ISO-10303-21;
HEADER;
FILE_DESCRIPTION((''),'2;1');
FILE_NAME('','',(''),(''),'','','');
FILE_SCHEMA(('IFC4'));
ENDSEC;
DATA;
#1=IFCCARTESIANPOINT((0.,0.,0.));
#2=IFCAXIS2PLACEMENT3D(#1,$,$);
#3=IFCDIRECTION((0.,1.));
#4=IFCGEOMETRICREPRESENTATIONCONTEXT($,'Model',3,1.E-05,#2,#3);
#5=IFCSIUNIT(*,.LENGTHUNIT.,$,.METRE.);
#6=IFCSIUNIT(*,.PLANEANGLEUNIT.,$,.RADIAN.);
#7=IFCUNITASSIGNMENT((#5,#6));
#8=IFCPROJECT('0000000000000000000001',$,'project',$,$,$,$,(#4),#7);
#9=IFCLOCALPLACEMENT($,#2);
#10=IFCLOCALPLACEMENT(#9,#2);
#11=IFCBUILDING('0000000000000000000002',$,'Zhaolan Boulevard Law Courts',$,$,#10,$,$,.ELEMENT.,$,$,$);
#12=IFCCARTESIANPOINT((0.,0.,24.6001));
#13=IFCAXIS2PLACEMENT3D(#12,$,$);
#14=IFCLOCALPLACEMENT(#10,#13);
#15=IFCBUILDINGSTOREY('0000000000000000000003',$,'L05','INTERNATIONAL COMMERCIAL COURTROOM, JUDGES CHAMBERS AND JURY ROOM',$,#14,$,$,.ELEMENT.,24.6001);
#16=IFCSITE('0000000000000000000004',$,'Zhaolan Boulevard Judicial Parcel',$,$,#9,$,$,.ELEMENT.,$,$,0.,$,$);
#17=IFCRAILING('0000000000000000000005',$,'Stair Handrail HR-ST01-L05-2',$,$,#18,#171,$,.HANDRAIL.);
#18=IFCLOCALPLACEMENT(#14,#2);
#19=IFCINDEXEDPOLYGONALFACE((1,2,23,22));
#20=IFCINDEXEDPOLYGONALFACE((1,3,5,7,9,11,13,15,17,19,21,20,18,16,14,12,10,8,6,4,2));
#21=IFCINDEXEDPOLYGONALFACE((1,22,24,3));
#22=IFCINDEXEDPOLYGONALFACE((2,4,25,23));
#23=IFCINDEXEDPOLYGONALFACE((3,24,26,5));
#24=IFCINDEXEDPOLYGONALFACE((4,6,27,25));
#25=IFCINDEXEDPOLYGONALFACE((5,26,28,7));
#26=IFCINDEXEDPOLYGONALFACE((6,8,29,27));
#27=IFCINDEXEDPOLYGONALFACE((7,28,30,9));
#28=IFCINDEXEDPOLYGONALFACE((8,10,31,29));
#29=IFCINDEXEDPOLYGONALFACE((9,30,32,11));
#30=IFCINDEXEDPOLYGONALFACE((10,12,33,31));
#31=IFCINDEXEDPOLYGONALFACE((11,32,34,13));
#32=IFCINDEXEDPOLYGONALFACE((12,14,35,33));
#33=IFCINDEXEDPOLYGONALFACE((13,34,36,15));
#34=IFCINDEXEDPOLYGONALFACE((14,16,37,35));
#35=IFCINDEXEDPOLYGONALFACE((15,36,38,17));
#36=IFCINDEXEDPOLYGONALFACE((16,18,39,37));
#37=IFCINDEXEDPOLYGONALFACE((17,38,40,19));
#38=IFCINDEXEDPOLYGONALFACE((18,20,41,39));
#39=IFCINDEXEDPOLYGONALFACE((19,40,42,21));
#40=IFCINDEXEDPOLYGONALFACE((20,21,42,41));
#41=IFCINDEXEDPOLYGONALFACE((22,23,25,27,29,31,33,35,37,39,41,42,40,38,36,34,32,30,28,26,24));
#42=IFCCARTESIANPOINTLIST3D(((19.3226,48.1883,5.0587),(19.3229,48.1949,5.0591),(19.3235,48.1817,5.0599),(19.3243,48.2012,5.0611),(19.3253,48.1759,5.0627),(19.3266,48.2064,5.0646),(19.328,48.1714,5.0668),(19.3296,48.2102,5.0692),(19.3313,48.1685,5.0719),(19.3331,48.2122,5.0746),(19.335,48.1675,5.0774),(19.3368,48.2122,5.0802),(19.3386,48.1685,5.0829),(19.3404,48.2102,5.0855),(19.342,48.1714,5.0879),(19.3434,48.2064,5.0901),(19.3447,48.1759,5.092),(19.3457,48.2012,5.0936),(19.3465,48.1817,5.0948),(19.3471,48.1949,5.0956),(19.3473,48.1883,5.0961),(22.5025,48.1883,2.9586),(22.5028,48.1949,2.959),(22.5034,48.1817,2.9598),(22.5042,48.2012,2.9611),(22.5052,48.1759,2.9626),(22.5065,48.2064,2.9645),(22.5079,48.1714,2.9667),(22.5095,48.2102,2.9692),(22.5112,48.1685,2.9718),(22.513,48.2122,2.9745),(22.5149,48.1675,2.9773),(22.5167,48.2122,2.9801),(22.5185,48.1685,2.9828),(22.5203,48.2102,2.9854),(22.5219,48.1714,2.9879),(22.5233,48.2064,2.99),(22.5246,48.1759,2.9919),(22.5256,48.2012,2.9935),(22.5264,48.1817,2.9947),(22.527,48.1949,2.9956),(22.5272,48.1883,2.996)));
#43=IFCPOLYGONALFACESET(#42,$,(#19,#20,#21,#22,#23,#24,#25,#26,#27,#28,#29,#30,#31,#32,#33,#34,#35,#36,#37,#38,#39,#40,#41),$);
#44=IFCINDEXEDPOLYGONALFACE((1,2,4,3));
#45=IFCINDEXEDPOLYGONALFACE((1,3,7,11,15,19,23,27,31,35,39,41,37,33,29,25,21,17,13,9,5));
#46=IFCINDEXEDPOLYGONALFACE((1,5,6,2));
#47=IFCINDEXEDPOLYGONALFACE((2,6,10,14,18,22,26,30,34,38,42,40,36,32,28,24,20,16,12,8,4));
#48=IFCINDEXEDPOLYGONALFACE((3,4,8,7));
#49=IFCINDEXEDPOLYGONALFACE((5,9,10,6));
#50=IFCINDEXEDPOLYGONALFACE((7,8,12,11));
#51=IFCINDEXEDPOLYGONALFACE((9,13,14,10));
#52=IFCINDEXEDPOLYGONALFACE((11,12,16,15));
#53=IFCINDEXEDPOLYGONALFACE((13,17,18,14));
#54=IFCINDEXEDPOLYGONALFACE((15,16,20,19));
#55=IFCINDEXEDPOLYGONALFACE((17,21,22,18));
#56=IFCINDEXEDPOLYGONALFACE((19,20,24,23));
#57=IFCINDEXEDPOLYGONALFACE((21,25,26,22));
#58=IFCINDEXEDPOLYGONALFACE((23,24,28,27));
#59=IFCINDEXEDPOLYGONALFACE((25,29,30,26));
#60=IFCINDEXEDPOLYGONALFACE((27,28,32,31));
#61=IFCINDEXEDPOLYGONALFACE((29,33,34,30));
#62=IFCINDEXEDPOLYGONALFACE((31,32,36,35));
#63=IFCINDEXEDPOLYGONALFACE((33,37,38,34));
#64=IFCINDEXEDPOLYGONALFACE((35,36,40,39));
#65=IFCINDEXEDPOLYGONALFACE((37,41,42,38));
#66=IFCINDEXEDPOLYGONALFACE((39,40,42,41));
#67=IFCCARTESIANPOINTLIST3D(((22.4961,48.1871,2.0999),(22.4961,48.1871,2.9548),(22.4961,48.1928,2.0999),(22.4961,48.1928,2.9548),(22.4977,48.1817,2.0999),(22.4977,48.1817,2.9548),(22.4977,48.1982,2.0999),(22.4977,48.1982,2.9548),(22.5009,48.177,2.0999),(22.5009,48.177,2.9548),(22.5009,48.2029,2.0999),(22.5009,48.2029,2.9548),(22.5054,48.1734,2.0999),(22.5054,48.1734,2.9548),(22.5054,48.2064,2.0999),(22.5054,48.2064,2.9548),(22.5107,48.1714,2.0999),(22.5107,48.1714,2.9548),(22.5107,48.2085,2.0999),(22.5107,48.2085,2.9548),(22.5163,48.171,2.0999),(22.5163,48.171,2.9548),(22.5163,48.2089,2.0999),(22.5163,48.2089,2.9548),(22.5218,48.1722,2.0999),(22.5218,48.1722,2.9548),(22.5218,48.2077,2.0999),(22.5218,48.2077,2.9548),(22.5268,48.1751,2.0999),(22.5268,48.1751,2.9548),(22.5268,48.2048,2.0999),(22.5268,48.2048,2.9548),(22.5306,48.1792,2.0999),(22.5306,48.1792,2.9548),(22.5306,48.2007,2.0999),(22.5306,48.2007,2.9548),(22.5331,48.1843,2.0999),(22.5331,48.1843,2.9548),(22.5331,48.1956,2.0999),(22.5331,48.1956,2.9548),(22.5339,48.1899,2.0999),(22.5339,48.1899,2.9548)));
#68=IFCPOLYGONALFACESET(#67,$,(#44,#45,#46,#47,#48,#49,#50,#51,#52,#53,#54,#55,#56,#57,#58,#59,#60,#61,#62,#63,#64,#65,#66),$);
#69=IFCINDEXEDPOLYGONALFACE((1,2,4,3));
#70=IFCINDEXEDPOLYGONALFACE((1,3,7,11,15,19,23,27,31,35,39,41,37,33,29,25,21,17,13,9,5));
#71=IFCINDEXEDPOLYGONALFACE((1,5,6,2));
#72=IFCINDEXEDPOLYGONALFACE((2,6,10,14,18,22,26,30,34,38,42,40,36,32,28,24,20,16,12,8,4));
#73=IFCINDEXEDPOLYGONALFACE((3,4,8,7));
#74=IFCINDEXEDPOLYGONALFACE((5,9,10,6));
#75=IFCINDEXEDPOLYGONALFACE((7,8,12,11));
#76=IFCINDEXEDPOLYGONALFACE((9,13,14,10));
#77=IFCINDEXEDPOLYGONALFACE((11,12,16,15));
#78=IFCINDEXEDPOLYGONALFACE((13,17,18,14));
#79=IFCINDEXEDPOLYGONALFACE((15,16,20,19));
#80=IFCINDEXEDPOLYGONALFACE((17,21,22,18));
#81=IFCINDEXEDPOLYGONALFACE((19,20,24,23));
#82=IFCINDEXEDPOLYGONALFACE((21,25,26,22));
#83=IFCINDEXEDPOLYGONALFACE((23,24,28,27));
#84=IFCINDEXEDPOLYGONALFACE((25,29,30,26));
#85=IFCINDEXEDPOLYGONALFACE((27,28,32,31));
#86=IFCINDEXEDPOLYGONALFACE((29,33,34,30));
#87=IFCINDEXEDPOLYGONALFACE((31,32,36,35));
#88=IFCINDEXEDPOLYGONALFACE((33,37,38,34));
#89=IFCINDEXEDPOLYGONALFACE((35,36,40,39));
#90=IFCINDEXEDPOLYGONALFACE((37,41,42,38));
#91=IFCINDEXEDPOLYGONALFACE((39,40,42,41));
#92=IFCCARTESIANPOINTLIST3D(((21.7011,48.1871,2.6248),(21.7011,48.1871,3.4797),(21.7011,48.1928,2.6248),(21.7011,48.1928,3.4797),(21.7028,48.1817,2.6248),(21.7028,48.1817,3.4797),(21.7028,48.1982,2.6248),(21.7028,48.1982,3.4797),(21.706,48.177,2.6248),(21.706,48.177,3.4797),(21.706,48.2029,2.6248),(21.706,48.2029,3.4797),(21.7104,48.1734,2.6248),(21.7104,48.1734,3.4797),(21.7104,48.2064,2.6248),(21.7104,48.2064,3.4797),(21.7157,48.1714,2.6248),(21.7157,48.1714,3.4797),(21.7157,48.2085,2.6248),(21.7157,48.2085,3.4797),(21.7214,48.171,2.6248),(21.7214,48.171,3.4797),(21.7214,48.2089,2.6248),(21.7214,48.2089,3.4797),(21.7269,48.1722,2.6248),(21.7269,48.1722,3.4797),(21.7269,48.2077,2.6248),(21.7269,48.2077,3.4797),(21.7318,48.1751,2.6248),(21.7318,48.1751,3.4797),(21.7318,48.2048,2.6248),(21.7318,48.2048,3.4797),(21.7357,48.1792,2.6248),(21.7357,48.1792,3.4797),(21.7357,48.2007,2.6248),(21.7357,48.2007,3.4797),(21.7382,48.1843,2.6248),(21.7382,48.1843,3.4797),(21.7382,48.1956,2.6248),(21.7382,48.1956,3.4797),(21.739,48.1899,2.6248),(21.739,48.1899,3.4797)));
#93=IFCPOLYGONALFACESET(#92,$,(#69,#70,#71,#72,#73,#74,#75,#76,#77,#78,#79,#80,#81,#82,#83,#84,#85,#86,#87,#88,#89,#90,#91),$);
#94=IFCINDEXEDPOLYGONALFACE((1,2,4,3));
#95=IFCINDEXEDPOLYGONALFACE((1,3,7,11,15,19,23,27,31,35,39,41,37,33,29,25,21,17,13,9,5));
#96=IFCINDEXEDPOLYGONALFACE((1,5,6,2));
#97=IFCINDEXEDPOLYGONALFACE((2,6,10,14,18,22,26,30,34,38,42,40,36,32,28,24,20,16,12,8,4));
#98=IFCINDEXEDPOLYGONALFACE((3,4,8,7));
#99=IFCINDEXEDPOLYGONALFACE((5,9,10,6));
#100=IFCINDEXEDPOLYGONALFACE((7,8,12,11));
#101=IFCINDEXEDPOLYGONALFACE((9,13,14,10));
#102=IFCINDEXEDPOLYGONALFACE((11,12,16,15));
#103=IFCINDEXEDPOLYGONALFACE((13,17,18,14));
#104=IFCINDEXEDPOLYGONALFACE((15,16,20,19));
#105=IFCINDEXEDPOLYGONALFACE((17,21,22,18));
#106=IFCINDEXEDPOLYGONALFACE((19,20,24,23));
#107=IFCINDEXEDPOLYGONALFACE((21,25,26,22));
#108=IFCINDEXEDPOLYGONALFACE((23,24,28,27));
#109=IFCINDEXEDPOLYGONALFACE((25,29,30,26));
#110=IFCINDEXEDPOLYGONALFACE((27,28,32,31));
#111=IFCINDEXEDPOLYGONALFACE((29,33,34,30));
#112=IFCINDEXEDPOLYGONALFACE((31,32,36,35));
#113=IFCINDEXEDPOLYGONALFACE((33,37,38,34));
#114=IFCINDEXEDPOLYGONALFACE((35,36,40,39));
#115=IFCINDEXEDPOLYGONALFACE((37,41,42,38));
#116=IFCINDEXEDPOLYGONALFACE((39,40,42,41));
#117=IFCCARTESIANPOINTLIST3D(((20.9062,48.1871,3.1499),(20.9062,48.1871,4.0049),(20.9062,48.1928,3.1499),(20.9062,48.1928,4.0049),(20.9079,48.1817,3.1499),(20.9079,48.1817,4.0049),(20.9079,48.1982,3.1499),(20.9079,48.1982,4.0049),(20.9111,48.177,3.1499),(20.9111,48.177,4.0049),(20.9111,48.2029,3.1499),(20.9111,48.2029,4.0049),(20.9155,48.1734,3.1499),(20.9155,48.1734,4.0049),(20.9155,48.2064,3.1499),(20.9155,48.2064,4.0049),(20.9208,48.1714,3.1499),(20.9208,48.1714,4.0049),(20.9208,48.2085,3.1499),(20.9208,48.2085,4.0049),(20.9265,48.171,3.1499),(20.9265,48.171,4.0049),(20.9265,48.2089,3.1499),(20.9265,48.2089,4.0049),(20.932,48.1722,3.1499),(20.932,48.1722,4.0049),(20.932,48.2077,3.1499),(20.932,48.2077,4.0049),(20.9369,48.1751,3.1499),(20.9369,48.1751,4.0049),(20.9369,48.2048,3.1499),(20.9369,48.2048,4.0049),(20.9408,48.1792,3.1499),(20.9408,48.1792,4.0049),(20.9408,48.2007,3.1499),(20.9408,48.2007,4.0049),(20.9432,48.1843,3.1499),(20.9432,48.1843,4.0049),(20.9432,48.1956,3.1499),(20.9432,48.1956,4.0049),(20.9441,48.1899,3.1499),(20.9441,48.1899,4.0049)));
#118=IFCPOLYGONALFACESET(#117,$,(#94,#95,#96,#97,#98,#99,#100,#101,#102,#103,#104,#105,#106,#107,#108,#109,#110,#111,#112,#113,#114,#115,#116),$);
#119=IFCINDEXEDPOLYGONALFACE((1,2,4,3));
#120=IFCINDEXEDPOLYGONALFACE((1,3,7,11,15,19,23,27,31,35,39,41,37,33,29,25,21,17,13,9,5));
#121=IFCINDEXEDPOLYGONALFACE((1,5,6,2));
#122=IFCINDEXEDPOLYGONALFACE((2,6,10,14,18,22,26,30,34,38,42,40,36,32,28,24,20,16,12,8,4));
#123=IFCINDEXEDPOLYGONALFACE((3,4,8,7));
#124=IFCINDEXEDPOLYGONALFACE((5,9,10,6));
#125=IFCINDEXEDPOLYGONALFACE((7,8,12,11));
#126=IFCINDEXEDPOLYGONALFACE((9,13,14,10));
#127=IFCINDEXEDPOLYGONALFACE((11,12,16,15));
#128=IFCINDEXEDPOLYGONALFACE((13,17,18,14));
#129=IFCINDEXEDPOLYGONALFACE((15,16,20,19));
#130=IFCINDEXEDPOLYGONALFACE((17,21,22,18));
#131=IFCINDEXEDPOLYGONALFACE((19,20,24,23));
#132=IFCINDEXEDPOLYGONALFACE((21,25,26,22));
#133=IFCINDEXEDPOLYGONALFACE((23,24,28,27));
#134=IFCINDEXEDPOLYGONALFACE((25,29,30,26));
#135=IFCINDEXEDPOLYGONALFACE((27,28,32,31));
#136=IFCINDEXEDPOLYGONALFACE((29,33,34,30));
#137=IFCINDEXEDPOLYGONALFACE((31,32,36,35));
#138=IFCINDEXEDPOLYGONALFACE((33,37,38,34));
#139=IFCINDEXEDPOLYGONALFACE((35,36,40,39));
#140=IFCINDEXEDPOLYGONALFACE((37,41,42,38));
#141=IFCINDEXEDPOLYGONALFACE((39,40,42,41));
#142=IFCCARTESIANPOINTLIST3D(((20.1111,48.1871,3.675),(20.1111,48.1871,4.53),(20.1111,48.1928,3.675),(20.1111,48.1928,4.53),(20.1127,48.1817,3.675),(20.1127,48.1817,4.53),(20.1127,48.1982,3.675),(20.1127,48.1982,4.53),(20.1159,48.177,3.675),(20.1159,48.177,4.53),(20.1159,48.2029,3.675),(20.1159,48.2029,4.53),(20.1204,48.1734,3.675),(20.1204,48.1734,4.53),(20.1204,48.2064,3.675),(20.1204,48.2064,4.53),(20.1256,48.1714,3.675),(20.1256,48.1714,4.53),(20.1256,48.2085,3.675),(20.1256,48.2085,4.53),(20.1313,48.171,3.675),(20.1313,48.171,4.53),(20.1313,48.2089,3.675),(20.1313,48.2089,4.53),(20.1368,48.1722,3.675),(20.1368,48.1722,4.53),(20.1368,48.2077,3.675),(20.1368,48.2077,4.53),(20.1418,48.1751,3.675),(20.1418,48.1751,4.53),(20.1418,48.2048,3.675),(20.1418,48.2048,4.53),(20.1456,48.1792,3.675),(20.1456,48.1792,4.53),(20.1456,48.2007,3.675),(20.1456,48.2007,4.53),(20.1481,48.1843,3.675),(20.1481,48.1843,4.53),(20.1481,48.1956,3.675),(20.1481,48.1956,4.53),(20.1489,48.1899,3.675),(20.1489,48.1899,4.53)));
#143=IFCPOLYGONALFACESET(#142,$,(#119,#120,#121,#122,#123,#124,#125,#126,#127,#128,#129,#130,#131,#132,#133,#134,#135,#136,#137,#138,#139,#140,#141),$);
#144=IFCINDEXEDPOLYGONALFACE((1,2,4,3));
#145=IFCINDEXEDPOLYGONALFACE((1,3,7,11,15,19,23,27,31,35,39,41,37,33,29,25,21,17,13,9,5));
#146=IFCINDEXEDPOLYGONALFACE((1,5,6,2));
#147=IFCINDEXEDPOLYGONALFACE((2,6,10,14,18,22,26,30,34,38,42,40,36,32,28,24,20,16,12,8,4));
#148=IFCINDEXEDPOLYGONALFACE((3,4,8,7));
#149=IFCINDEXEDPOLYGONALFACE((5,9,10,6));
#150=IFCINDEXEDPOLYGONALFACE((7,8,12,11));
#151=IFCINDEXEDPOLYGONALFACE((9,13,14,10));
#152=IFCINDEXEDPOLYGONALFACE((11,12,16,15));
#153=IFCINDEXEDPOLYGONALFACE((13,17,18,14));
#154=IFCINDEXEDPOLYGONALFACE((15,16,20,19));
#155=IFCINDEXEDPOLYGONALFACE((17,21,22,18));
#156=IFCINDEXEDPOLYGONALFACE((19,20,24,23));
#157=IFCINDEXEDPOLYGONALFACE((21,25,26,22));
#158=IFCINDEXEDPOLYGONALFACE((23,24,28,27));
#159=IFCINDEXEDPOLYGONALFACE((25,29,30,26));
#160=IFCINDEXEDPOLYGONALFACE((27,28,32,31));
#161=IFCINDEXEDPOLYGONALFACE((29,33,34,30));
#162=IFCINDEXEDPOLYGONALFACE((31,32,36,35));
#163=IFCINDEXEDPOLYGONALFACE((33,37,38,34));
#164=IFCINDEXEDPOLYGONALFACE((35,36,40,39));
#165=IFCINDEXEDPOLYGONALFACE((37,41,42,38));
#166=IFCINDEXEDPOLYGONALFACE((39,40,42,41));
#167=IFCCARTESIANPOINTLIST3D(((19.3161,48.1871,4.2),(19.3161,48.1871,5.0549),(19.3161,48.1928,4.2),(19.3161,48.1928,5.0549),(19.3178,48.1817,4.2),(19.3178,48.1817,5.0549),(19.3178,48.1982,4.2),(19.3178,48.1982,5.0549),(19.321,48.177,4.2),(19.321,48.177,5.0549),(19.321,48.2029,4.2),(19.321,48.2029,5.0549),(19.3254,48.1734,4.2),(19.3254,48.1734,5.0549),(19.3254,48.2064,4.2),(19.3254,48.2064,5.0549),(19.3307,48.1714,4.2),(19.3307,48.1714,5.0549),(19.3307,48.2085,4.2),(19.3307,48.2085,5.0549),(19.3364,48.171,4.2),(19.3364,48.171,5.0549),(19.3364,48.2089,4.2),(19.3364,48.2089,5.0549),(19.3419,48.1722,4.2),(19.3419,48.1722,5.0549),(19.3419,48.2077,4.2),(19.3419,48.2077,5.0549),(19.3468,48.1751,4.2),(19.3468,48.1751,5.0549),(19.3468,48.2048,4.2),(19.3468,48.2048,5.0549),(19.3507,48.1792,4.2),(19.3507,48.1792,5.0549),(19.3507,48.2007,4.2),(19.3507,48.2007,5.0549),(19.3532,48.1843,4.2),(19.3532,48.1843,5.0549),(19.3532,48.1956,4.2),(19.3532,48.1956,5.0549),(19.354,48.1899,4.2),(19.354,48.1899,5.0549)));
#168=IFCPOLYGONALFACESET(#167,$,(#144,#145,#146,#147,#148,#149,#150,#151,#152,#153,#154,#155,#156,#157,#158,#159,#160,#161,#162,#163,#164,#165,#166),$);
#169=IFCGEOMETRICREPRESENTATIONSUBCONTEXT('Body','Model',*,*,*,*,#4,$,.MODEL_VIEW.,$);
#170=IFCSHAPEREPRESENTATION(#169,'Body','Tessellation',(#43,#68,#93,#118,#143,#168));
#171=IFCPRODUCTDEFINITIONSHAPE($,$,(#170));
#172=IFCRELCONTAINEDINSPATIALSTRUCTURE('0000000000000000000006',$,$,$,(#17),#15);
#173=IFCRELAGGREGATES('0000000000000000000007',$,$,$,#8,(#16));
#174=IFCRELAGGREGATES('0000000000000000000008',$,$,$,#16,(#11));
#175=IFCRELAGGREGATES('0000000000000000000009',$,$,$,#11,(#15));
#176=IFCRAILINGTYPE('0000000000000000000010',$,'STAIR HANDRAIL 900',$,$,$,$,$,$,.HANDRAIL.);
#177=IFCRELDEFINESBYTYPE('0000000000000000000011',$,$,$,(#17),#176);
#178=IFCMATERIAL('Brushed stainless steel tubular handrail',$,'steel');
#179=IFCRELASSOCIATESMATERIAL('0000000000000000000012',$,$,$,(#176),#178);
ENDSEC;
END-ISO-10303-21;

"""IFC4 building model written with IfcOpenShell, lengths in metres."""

from ifc_helpers import new_model, si_unit, direction, frame, origin, origin_2d, place, context, subcontext, project, spatial, circle, extrude, material, type_object, element, save


model = new_model("IFC4")

# Units and contexts
model_context = context("Model", 3, precision=1e-05, world=origin(), true_north=direction((0.0, 1.0)))
body_context = subcontext(model_context, "Body", "Model", "MODEL_VIEW")
ifc_project = project(units=[si_unit("LENGTHUNIT", "METRE"), si_unit("PLANEANGLEUNIT", "RADIAN")], contexts=[model_context])

# Site, building, storey
site_placement = place(None, origin())
site = spatial("IfcSite", under=ifc_project, at=site_placement, Name="Zhaolan Boulevard Judicial Parcel", CompositionType="ELEMENT", RefElevation=0.0)
building_placement = place(site_placement, origin())
building = spatial("IfcBuilding", under=site, at=building_placement, Name="Zhaolan Boulevard Law Courts", CompositionType="ELEMENT")
storey_placement = place(building_placement, frame((0.0, 0.0, 24.6001)))
storey = spatial("IfcBuildingStorey", under=building, at=storey_placement, Name="L05", Description="INTERNATIONAL COMMERCIAL COURTROOM, JUDGES CHAMBERS AND JURY ROOM", CompositionType="ELEMENT", Elevation=24.6001)

# Railing
ifc_material_1 = material(Name="Brushed stainless steel tubular handrail", Category="steel")
railing_type_1 = type_object("IfcRailingType", Name="STAIR HANDRAIL 900", PredefinedType="HANDRAIL", material=ifc_material_1)
railing_1_placement = place(storey_placement, frame((22.5149, 48.1899, 2.0999)))
element("IfcRailing", 1, at=railing_1_placement, inside=storey, type_object=railing_type_1, Name="Stair Handrail HR-ST01-L05-2", PredefinedType="HANDRAIL", context=body_context, shape_type="SweptSolid", body=[
    extrude(circle(Radius=0.0225, at=origin_2d()), frame((0.0, 0.0, 0.8774), z_axis=(-0.834447, 0.0, 0.551088), x_axis=(0.0, -1.0, 0.0)), (0.0, 0.0, 1.0), 3.8108),
    extrude(circle(Radius=0.019, at=origin_2d()), origin(), (0.0, 0.0, 1.0), 0.855),
    extrude(circle(Radius=0.019, at=origin_2d()), frame((-0.7949, 0.0, 0.5249)), (0.0, 0.0, 1.0), 0.855),
    extrude(circle(Radius=0.019, at=origin_2d()), frame((-1.5898, 0.0, 1.05)), (0.0, 0.0, 1.0), 0.855),
    extrude(circle(Radius=0.019, at=origin_2d()), frame((-2.385, 0.0, 1.5752)), (0.0, 0.0, 1.0), 0.855),
    extrude(circle(Radius=0.019, at=origin_2d()), frame((-3.1799, 0.0, 2.1001)), (0.0, 0.0, 1.0), 0.855),
])

save(model, "model.ifc")
